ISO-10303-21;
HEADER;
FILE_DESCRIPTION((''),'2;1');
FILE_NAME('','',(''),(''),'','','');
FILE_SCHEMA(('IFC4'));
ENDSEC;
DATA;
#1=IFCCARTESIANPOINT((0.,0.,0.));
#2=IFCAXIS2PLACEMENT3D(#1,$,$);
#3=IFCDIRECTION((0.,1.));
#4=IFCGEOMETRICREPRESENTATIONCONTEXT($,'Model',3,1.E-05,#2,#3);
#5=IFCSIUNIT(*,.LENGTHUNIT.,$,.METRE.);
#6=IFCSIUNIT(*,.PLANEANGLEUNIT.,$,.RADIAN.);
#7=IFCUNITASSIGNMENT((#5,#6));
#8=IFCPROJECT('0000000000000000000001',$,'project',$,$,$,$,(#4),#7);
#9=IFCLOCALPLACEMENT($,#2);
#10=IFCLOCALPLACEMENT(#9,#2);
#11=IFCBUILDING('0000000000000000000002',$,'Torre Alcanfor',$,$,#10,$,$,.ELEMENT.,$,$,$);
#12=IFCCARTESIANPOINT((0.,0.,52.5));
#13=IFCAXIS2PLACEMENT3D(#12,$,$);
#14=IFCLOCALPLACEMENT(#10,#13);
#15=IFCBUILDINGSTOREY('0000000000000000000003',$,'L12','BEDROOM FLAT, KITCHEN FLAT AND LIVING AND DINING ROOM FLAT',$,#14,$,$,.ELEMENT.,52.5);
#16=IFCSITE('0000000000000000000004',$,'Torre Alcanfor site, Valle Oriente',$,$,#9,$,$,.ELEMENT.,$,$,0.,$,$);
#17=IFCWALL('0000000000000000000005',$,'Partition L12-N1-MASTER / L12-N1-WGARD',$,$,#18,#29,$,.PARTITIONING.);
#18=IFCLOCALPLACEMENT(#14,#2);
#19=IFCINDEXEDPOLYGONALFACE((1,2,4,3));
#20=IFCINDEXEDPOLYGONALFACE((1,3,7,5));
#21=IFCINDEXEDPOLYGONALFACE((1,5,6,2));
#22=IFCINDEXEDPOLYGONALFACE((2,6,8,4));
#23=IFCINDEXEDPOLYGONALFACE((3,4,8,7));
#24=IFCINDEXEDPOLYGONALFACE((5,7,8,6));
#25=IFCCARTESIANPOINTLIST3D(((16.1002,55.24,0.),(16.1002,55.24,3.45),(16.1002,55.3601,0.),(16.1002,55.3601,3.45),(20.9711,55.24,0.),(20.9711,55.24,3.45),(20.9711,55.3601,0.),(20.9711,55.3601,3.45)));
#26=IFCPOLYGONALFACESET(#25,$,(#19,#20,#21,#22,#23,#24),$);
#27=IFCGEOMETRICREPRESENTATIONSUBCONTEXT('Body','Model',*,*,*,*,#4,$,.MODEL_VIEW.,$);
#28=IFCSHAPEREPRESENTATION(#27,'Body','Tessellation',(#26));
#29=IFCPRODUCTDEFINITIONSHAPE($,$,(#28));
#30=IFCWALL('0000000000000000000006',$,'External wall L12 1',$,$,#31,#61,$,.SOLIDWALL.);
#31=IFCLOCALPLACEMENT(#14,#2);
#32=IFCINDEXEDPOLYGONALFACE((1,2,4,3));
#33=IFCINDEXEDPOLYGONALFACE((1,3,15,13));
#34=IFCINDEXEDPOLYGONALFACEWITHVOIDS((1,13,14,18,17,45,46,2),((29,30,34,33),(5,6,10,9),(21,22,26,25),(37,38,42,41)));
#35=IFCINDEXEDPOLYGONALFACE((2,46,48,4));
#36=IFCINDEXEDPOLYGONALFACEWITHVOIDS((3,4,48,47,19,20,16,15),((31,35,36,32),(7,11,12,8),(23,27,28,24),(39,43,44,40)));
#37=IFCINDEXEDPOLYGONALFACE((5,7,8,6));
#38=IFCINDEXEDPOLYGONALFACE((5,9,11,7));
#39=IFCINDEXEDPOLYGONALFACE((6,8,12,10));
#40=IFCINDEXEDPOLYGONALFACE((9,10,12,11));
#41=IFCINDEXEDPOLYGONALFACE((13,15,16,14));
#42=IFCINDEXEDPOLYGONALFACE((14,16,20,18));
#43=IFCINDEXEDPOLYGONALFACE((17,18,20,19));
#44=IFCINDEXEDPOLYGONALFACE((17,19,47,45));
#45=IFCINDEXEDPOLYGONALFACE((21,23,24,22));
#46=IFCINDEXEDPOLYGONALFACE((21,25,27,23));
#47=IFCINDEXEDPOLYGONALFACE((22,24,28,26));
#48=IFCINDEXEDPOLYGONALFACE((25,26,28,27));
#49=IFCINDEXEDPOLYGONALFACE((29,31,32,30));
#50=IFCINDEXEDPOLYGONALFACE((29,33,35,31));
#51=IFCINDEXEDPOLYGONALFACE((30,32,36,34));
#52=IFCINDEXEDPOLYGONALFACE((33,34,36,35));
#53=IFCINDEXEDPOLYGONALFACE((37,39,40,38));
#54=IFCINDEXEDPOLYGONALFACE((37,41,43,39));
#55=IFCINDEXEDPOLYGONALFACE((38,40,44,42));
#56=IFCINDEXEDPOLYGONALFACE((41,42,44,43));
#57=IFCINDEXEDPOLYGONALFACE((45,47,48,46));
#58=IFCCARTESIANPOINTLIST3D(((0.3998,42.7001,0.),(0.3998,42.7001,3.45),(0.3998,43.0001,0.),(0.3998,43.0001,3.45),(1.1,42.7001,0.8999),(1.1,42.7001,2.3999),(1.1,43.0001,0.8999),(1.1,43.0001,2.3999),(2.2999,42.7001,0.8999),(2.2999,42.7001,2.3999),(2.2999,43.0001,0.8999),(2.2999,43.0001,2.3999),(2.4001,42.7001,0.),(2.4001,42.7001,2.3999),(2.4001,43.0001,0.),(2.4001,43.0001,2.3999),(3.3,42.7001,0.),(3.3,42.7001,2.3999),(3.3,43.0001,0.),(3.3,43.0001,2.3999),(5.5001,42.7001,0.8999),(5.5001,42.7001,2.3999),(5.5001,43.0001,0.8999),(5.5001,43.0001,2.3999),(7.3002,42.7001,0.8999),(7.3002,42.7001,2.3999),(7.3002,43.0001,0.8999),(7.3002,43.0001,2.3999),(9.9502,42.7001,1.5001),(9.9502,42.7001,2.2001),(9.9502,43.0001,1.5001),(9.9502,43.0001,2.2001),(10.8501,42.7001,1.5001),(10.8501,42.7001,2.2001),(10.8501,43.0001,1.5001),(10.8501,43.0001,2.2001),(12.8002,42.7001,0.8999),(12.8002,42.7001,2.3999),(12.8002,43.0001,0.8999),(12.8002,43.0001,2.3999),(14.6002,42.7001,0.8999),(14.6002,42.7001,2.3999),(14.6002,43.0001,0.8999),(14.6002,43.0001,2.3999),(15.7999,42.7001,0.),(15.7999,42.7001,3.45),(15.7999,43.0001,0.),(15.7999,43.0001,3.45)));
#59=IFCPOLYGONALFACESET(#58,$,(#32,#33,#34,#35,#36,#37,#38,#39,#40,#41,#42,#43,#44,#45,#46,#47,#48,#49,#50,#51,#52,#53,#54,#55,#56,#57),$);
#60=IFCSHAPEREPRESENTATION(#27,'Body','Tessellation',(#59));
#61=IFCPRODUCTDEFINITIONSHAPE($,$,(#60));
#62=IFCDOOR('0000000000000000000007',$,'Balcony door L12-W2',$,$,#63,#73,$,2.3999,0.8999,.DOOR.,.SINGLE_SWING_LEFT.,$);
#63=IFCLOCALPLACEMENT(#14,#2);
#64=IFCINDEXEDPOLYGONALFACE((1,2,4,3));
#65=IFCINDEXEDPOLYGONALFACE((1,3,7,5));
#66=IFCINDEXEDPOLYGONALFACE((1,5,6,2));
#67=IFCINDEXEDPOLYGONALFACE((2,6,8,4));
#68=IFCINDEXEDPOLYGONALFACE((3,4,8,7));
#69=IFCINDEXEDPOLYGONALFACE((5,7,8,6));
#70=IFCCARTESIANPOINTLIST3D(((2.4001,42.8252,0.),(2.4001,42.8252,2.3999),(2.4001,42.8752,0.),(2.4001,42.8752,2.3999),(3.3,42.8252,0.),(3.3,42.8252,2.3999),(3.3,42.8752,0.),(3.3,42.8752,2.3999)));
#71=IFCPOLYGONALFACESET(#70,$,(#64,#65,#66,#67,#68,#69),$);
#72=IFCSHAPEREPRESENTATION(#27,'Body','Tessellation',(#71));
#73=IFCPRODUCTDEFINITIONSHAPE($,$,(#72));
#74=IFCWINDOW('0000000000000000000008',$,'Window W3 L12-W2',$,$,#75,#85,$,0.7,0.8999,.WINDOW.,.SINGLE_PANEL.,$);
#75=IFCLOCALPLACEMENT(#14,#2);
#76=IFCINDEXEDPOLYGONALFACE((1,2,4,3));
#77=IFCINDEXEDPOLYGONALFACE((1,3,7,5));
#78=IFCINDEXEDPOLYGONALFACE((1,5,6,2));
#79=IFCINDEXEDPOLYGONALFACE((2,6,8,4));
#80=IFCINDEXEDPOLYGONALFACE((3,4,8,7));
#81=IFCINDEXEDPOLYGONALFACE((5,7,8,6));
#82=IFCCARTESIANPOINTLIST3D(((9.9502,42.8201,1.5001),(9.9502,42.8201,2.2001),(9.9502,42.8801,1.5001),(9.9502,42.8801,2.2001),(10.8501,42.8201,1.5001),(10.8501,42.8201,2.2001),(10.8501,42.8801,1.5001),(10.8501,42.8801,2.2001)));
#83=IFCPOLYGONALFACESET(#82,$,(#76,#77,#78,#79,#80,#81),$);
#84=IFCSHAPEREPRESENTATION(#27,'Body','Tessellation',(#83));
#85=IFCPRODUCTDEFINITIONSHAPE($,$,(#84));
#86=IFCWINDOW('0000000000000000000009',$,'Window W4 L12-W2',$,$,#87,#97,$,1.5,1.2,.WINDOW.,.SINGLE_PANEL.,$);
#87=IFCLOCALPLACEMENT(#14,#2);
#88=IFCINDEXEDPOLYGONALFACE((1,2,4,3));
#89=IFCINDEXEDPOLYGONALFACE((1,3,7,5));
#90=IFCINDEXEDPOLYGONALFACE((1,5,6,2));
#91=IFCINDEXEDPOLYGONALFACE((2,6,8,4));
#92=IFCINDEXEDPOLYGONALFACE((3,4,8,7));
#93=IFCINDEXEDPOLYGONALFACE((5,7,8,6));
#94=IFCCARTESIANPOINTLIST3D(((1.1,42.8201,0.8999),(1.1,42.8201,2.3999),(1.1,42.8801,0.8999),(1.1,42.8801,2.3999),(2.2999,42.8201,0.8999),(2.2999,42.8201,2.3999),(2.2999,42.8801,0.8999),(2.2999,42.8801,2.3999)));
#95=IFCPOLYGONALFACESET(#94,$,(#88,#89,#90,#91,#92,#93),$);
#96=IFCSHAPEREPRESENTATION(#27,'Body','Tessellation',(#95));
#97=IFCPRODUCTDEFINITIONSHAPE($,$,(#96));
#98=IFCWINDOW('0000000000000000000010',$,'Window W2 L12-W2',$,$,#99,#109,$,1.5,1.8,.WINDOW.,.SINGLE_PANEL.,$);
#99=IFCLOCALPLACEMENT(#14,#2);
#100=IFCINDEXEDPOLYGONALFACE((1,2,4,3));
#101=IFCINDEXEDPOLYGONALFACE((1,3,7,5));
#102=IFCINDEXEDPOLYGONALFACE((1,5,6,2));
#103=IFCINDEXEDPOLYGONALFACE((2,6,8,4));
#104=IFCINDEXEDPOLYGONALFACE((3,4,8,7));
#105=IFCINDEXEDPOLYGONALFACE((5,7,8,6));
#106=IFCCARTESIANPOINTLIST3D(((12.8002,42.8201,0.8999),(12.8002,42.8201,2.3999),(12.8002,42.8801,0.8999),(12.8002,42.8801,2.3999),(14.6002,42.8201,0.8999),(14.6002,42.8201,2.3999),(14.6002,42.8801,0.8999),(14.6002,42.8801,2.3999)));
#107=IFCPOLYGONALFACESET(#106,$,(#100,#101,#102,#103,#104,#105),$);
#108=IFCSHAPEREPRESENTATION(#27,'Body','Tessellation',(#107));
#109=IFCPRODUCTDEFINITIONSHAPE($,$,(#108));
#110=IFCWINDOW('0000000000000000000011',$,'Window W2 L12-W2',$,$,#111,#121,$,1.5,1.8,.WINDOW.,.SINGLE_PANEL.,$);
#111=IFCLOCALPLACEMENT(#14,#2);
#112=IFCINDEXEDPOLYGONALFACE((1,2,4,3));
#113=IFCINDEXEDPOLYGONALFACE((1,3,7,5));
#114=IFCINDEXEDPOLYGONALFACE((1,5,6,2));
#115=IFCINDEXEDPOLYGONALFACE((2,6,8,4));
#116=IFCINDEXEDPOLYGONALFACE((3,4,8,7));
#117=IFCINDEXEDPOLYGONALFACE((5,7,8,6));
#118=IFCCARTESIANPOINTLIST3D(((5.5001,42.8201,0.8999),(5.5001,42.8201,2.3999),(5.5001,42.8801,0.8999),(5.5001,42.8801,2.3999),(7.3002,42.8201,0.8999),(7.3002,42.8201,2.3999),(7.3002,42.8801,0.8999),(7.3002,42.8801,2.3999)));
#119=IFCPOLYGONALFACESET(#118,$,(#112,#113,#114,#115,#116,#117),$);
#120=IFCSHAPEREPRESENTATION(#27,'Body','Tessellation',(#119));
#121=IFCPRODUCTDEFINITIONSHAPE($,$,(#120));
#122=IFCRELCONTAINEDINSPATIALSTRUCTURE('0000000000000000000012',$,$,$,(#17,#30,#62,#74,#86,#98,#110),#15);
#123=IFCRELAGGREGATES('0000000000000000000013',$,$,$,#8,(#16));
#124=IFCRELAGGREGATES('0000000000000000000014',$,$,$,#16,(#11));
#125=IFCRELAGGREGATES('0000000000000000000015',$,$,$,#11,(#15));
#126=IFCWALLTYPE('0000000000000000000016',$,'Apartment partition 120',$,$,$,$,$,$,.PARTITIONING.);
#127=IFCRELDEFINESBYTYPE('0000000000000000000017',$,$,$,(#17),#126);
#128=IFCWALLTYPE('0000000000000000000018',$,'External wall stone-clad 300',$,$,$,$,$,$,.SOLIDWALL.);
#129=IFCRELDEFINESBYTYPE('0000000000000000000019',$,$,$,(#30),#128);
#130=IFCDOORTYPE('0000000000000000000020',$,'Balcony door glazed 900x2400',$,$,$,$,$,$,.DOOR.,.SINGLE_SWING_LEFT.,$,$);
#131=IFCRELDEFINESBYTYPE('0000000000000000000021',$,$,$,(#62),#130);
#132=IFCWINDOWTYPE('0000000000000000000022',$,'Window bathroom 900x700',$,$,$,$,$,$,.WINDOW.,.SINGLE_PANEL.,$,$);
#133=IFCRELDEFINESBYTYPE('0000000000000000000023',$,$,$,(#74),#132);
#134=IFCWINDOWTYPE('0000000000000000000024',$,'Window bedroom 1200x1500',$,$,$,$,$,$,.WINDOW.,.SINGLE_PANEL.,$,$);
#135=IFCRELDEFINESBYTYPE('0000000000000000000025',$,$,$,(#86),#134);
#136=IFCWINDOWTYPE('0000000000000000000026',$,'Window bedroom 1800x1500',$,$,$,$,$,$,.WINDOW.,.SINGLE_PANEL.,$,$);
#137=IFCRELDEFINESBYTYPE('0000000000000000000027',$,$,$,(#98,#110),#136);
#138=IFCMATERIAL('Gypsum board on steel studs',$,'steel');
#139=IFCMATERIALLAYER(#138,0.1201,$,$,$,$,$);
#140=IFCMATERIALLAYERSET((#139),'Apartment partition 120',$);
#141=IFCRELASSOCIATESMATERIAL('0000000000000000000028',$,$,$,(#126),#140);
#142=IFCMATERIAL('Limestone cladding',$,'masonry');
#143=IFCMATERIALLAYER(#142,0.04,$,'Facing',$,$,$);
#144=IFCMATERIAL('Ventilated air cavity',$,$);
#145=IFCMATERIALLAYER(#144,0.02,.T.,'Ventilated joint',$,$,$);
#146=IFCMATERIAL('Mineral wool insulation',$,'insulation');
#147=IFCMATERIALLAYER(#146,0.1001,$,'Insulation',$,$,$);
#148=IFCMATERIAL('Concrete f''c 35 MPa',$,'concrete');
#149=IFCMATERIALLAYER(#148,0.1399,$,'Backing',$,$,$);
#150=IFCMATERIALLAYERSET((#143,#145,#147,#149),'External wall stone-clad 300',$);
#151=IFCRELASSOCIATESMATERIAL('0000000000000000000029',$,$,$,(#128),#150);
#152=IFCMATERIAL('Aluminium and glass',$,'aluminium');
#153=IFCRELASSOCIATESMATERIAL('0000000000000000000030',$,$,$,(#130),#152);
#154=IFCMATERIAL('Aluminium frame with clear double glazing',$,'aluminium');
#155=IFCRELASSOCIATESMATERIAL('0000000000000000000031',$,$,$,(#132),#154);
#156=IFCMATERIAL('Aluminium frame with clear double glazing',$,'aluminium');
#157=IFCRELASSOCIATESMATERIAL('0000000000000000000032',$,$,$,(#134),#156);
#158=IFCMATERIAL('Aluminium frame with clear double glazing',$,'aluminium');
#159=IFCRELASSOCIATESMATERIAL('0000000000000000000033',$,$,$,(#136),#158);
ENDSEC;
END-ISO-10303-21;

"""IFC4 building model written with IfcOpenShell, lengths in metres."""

from ifc_helpers import new_model, si_unit, direction, frame, frame_2d, origin, place, context, subcontext, project, spatial, rectangle, extrude, material, layer, layer_set, type_object, element, fill, save


model = new_model("IFC4")

# Units and contexts
model_context = context("Model", 3, precision=1e-05, world=origin(), true_north=direction((0.0, 1.0)))
body_context = subcontext(model_context, "Body", "Model", "MODEL_VIEW")
ifc_project = project(units=[si_unit("LENGTHUNIT", "METRE"), si_unit("PLANEANGLEUNIT", "RADIAN")], contexts=[model_context])

# Site, building, storey
site_placement = place(None, origin())
site = spatial("IfcSite", under=ifc_project, at=site_placement, Name="Torre Alcanfor site, Valle Oriente", CompositionType="ELEMENT", RefElevation=0.0)
building_placement = place(site_placement, origin())
building = spatial("IfcBuilding", under=site, at=building_placement, Name="Torre Alcanfor", CompositionType="ELEMENT")
storey_placement = place(building_placement, frame((0.0, 0.0, 52.5)))
storey = spatial("IfcBuildingStorey", under=building, at=storey_placement, Name="L12", Description="BEDROOM FLAT, KITCHEN FLAT AND LIVING AND DINING ROOM FLAT", CompositionType="ELEMENT", Elevation=52.5)

# Wall
ifc_material_1 = material(Name="Gypsum board on steel studs", Category="steel")
ifc_layer_1 = layer(ifc_material_1, 0.1201)
ifc_layer_set_1 = layer_set([ifc_layer_1], Name="Apartment partition 120")
wall_type_1 = type_object("IfcWallType", Name="Apartment partition 120", PredefinedType="PARTITIONING", material=ifc_layer_set_1)
wall_1_placement = place(storey_placement, frame((16.1001, 55.3, 0.0), z_axis=(0.0, 0.0, 1.0), x_axis=(1.0, 0.0, 0.0)))
element("IfcWall", 1, at=wall_1_placement, inside=storey, type_object=wall_type_1, Name="Partition L12-N1-MASTER / L12-N1-WGARD", PredefinedType="PARTITIONING", context=body_context, shape_type="SweptSolid", body=[
    extrude(rectangle(XDim=4.8708, YDim=0.1201, at=frame_2d((2.4355, 0.0))), origin(), (0.0, 0.0, 1.0), 3.45),
])

# Wall, openings, door, windows
ifc_material_2 = material(Name="Limestone cladding", Category="masonry")
ifc_layer_2 = layer(ifc_material_2, 0.04, Name="Facing")
ifc_material_3 = material(Name="Ventilated air cavity")
ifc_layer_3 = layer(ifc_material_3, 0.02, ventilated=True, Name="Ventilated joint")
ifc_material_4 = material(Name="Mineral wool insulation", Category="insulation")
ifc_layer_4 = layer(ifc_material_4, 0.1001, Name="Insulation")
ifc_material_5 = material(Name="Concrete f'c 35 MPa", Category="concrete")
ifc_layer_5 = layer(ifc_material_5, 0.1399, Name="Backing")
ifc_layer_set_2 = layer_set([ifc_layer_2, ifc_layer_3, ifc_layer_4, ifc_layer_5], Name="External wall stone-clad 300")
wall_type_2 = type_object("IfcWallType", Name="External wall stone-clad 300", PredefinedType="SOLIDWALL", material=ifc_layer_set_2)
wall_2_placement = place(storey_placement, frame((15.8, 42.8501, 0.0), z_axis=(0.0, 0.0, 1.0), x_axis=(-1.0, 0.0, 0.0)))
wall_2 = element("IfcWall", 2, at=wall_2_placement, inside=storey, type_object=wall_type_2, Name="External wall L12 1", PredefinedType="SOLIDWALL", context=body_context, shape_type="SweptSolid", body=[
    extrude(rectangle(XDim=15.4001, YDim=0.3, at=frame_2d((7.7002, 0.0))), origin(), (0.0, 0.0, 1.0), 3.45),
])
opening_1_placement = place(wall_2_placement, frame((1.2, 0.0, 0.8999)))
opening_1 = element("IfcOpeningElement", 3, at=opening_1_placement, cuts=wall_2, PredefinedType="OPENING", context=body_context, shape_type="SweptSolid", body=[
    extrude(rectangle(XDim=1.8, YDim=1.5, at=frame_2d((0.8999, 0.75))), frame((0.0, 0.1599, 0.0), z_axis=(0.0, -1.0, 0.0), x_axis=(1.0, 0.0, 0.0)), (0.0, 0.0, 1.0), 0.3201),
])
opening_2_placement = place(wall_2_placement, frame((4.95, 0.0, 1.5)))
opening_2 = element("IfcOpeningElement", 4, at=opening_2_placement, cuts=wall_2, PredefinedType="OPENING", context=body_context, shape_type="SweptSolid", body=[
    extrude(rectangle(XDim=0.8999, YDim=0.7, at=frame_2d((0.45, 0.3501))), frame((0.0, 0.1599, 0.0), z_axis=(0.0, -1.0, 0.0), x_axis=(1.0, 0.0, 0.0)), (0.0, 0.0, 1.0), 0.3201),
])
opening_3_placement = place(wall_2_placement, frame((8.5, 0.0, 0.8999)))
opening_3 = element("IfcOpeningElement", 5, at=opening_3_placement, cuts=wall_2, PredefinedType="OPENING", context=body_context, shape_type="SweptSolid", body=[
    extrude(rectangle(XDim=1.8, YDim=1.5, at=frame_2d((0.8999, 0.75))), frame((0.0, 0.1599, 0.0), z_axis=(0.0, -1.0, 0.0), x_axis=(1.0, 0.0, 0.0)), (0.0, 0.0, 1.0), 0.3201),
])
opening_4_placement = place(wall_2_placement, frame((12.5, 0.0, 0.0)))
opening_4 = element("IfcOpeningElement", 6, at=opening_4_placement, cuts=wall_2, PredefinedType="OPENING", context=body_context, shape_type="SweptSolid", body=[
    extrude(rectangle(XDim=0.8999, YDim=2.3999, at=frame_2d((0.45, 1.2))), frame((0.0, 0.1599, 0.0), z_axis=(0.0, -1.0, 0.0), x_axis=(1.0, 0.0, 0.0)), (0.0, 0.0, 1.0), 0.3201),
])
opening_5_placement = place(wall_2_placement, frame((13.5, 0.0, 0.8999)))
opening_5 = element("IfcOpeningElement", 7, at=opening_5_placement, cuts=wall_2, PredefinedType="OPENING", context=body_context, shape_type="SweptSolid", body=[
    extrude(rectangle(XDim=1.2, YDim=1.5, at=frame_2d((0.6001, 0.75))), frame((0.0, 0.1599, 0.0), z_axis=(0.0, -1.0, 0.0), x_axis=(1.0, 0.0, 0.0)), (0.0, 0.0, 1.0), 0.3201),
])
ifc_material_6 = material(Name="Aluminium and glass", Category="aluminium")
door_type = type_object("IfcDoorType", Name="Balcony door glazed 900x2400", OperationType="SINGLE_SWING_LEFT", PredefinedType="DOOR", material=ifc_material_6)
door_1_placement = place(opening_4_placement, origin())
door_1 = element("IfcDoor", 8, at=door_1_placement, inside=storey, type_object=door_type, Name="Balcony door L12-W2", OperationType="SINGLE_SWING_LEFT", OverallHeight=2.3999, OverallWidth=0.8999, PredefinedType="DOOR", context=body_context, shape_type="SweptSolid", body=[
    extrude(rectangle(XDim=0.8999, YDim=2.3999, at=frame_2d((0.45, 1.2))), frame((0.0, 0.0249, 0.0), z_axis=(0.0, -1.0, 0.0), x_axis=(1.0, 0.0, 0.0)), (0.0, 0.0, 1.0), 0.05),
])
fill(opening_4, door_1)
ifc_material_7 = material(Name="Aluminium frame with clear double glazing", Category="aluminium")
window_type_1 = type_object("IfcWindowType", Name="Window bathroom 900x700", PartitioningType="SINGLE_PANEL", PredefinedType="WINDOW", material=ifc_material_7)
window_1_placement = place(opening_2_placement, origin())
window_1 = element("IfcWindow", 9, at=window_1_placement, inside=storey, type_object=window_type_1, Name="Window W3 L12-W2", OverallHeight=0.7, OverallWidth=0.8999, PartitioningType="SINGLE_PANEL", PredefinedType="WINDOW", context=body_context, shape_type="SweptSolid", body=[
    extrude(rectangle(XDim=0.8999, YDim=0.7, at=frame_2d((0.45, 0.3501))), frame((0.0, 0.03, 0.0), z_axis=(0.0, -1.0, 0.0), x_axis=(1.0, 0.0, 0.0)), (0.0, 0.0, 1.0), 0.0601),
])
fill(opening_2, window_1)
ifc_material_8 = material(Name="Aluminium frame with clear double glazing", Category="aluminium")
window_type_2 = type_object("IfcWindowType", Name="Window bedroom 1200x1500", PartitioningType="SINGLE_PANEL", PredefinedType="WINDOW", material=ifc_material_8)
window_2_placement = place(opening_5_placement, origin())
window_2 = element("IfcWindow", 10, at=window_2_placement, inside=storey, type_object=window_type_2, Name="Window W4 L12-W2", OverallHeight=1.5, OverallWidth=1.2, PartitioningType="SINGLE_PANEL", PredefinedType="WINDOW", context=body_context, shape_type="SweptSolid", body=[
    extrude(rectangle(XDim=1.2, YDim=1.5, at=frame_2d((0.6001, 0.75))), frame((0.0, 0.03, 0.0), z_axis=(0.0, -1.0, 0.0), x_axis=(1.0, 0.0, 0.0)), (0.0, 0.0, 1.0), 0.0601),
])
fill(opening_5, window_2)
ifc_material_9 = material(Name="Aluminium frame with clear double glazing", Category="aluminium")
window_type_3 = type_object("IfcWindowType", Name="Window bedroom 1800x1500", PartitioningType="SINGLE_PANEL", PredefinedType="WINDOW", material=ifc_material_9)
window_3_placement = place(opening_1_placement, origin())
window_3 = element("IfcWindow", 11, at=window_3_placement, inside=storey, type_object=window_type_3, Name="Window W2 L12-W2", OverallHeight=1.5, OverallWidth=1.8, PartitioningType="SINGLE_PANEL", PredefinedType="WINDOW", context=body_context, shape_type="SweptSolid", body=[
    extrude(rectangle(XDim=1.8, YDim=1.5, at=frame_2d((0.8999, 0.75))), frame((0.0, 0.03, 0.0), z_axis=(0.0, -1.0, 0.0), x_axis=(1.0, 0.0, 0.0)), (0.0, 0.0, 1.0), 0.0601),
])
fill(opening_1, window_3)
window_4_placement = place(opening_3_placement, origin())
window_4 = element("IfcWindow", 12, at=window_4_placement, inside=storey, type_object=window_type_3, Name="Window W2 L12-W2", OverallHeight=1.5, OverallWidth=1.8, PartitioningType="SINGLE_PANEL", PredefinedType="WINDOW", context=body_context, shape_type="SweptSolid", body=[
    extrude(rectangle(XDim=1.8, YDim=1.5, at=frame_2d((0.8999, 0.75))), frame((0.0, 0.03, 0.0), z_axis=(0.0, -1.0, 0.0), x_axis=(1.0, 0.0, 0.0)), (0.0, 0.0, 1.0), 0.0601),
])
fill(opening_3, window_4)

save(model, "model.ifc")
